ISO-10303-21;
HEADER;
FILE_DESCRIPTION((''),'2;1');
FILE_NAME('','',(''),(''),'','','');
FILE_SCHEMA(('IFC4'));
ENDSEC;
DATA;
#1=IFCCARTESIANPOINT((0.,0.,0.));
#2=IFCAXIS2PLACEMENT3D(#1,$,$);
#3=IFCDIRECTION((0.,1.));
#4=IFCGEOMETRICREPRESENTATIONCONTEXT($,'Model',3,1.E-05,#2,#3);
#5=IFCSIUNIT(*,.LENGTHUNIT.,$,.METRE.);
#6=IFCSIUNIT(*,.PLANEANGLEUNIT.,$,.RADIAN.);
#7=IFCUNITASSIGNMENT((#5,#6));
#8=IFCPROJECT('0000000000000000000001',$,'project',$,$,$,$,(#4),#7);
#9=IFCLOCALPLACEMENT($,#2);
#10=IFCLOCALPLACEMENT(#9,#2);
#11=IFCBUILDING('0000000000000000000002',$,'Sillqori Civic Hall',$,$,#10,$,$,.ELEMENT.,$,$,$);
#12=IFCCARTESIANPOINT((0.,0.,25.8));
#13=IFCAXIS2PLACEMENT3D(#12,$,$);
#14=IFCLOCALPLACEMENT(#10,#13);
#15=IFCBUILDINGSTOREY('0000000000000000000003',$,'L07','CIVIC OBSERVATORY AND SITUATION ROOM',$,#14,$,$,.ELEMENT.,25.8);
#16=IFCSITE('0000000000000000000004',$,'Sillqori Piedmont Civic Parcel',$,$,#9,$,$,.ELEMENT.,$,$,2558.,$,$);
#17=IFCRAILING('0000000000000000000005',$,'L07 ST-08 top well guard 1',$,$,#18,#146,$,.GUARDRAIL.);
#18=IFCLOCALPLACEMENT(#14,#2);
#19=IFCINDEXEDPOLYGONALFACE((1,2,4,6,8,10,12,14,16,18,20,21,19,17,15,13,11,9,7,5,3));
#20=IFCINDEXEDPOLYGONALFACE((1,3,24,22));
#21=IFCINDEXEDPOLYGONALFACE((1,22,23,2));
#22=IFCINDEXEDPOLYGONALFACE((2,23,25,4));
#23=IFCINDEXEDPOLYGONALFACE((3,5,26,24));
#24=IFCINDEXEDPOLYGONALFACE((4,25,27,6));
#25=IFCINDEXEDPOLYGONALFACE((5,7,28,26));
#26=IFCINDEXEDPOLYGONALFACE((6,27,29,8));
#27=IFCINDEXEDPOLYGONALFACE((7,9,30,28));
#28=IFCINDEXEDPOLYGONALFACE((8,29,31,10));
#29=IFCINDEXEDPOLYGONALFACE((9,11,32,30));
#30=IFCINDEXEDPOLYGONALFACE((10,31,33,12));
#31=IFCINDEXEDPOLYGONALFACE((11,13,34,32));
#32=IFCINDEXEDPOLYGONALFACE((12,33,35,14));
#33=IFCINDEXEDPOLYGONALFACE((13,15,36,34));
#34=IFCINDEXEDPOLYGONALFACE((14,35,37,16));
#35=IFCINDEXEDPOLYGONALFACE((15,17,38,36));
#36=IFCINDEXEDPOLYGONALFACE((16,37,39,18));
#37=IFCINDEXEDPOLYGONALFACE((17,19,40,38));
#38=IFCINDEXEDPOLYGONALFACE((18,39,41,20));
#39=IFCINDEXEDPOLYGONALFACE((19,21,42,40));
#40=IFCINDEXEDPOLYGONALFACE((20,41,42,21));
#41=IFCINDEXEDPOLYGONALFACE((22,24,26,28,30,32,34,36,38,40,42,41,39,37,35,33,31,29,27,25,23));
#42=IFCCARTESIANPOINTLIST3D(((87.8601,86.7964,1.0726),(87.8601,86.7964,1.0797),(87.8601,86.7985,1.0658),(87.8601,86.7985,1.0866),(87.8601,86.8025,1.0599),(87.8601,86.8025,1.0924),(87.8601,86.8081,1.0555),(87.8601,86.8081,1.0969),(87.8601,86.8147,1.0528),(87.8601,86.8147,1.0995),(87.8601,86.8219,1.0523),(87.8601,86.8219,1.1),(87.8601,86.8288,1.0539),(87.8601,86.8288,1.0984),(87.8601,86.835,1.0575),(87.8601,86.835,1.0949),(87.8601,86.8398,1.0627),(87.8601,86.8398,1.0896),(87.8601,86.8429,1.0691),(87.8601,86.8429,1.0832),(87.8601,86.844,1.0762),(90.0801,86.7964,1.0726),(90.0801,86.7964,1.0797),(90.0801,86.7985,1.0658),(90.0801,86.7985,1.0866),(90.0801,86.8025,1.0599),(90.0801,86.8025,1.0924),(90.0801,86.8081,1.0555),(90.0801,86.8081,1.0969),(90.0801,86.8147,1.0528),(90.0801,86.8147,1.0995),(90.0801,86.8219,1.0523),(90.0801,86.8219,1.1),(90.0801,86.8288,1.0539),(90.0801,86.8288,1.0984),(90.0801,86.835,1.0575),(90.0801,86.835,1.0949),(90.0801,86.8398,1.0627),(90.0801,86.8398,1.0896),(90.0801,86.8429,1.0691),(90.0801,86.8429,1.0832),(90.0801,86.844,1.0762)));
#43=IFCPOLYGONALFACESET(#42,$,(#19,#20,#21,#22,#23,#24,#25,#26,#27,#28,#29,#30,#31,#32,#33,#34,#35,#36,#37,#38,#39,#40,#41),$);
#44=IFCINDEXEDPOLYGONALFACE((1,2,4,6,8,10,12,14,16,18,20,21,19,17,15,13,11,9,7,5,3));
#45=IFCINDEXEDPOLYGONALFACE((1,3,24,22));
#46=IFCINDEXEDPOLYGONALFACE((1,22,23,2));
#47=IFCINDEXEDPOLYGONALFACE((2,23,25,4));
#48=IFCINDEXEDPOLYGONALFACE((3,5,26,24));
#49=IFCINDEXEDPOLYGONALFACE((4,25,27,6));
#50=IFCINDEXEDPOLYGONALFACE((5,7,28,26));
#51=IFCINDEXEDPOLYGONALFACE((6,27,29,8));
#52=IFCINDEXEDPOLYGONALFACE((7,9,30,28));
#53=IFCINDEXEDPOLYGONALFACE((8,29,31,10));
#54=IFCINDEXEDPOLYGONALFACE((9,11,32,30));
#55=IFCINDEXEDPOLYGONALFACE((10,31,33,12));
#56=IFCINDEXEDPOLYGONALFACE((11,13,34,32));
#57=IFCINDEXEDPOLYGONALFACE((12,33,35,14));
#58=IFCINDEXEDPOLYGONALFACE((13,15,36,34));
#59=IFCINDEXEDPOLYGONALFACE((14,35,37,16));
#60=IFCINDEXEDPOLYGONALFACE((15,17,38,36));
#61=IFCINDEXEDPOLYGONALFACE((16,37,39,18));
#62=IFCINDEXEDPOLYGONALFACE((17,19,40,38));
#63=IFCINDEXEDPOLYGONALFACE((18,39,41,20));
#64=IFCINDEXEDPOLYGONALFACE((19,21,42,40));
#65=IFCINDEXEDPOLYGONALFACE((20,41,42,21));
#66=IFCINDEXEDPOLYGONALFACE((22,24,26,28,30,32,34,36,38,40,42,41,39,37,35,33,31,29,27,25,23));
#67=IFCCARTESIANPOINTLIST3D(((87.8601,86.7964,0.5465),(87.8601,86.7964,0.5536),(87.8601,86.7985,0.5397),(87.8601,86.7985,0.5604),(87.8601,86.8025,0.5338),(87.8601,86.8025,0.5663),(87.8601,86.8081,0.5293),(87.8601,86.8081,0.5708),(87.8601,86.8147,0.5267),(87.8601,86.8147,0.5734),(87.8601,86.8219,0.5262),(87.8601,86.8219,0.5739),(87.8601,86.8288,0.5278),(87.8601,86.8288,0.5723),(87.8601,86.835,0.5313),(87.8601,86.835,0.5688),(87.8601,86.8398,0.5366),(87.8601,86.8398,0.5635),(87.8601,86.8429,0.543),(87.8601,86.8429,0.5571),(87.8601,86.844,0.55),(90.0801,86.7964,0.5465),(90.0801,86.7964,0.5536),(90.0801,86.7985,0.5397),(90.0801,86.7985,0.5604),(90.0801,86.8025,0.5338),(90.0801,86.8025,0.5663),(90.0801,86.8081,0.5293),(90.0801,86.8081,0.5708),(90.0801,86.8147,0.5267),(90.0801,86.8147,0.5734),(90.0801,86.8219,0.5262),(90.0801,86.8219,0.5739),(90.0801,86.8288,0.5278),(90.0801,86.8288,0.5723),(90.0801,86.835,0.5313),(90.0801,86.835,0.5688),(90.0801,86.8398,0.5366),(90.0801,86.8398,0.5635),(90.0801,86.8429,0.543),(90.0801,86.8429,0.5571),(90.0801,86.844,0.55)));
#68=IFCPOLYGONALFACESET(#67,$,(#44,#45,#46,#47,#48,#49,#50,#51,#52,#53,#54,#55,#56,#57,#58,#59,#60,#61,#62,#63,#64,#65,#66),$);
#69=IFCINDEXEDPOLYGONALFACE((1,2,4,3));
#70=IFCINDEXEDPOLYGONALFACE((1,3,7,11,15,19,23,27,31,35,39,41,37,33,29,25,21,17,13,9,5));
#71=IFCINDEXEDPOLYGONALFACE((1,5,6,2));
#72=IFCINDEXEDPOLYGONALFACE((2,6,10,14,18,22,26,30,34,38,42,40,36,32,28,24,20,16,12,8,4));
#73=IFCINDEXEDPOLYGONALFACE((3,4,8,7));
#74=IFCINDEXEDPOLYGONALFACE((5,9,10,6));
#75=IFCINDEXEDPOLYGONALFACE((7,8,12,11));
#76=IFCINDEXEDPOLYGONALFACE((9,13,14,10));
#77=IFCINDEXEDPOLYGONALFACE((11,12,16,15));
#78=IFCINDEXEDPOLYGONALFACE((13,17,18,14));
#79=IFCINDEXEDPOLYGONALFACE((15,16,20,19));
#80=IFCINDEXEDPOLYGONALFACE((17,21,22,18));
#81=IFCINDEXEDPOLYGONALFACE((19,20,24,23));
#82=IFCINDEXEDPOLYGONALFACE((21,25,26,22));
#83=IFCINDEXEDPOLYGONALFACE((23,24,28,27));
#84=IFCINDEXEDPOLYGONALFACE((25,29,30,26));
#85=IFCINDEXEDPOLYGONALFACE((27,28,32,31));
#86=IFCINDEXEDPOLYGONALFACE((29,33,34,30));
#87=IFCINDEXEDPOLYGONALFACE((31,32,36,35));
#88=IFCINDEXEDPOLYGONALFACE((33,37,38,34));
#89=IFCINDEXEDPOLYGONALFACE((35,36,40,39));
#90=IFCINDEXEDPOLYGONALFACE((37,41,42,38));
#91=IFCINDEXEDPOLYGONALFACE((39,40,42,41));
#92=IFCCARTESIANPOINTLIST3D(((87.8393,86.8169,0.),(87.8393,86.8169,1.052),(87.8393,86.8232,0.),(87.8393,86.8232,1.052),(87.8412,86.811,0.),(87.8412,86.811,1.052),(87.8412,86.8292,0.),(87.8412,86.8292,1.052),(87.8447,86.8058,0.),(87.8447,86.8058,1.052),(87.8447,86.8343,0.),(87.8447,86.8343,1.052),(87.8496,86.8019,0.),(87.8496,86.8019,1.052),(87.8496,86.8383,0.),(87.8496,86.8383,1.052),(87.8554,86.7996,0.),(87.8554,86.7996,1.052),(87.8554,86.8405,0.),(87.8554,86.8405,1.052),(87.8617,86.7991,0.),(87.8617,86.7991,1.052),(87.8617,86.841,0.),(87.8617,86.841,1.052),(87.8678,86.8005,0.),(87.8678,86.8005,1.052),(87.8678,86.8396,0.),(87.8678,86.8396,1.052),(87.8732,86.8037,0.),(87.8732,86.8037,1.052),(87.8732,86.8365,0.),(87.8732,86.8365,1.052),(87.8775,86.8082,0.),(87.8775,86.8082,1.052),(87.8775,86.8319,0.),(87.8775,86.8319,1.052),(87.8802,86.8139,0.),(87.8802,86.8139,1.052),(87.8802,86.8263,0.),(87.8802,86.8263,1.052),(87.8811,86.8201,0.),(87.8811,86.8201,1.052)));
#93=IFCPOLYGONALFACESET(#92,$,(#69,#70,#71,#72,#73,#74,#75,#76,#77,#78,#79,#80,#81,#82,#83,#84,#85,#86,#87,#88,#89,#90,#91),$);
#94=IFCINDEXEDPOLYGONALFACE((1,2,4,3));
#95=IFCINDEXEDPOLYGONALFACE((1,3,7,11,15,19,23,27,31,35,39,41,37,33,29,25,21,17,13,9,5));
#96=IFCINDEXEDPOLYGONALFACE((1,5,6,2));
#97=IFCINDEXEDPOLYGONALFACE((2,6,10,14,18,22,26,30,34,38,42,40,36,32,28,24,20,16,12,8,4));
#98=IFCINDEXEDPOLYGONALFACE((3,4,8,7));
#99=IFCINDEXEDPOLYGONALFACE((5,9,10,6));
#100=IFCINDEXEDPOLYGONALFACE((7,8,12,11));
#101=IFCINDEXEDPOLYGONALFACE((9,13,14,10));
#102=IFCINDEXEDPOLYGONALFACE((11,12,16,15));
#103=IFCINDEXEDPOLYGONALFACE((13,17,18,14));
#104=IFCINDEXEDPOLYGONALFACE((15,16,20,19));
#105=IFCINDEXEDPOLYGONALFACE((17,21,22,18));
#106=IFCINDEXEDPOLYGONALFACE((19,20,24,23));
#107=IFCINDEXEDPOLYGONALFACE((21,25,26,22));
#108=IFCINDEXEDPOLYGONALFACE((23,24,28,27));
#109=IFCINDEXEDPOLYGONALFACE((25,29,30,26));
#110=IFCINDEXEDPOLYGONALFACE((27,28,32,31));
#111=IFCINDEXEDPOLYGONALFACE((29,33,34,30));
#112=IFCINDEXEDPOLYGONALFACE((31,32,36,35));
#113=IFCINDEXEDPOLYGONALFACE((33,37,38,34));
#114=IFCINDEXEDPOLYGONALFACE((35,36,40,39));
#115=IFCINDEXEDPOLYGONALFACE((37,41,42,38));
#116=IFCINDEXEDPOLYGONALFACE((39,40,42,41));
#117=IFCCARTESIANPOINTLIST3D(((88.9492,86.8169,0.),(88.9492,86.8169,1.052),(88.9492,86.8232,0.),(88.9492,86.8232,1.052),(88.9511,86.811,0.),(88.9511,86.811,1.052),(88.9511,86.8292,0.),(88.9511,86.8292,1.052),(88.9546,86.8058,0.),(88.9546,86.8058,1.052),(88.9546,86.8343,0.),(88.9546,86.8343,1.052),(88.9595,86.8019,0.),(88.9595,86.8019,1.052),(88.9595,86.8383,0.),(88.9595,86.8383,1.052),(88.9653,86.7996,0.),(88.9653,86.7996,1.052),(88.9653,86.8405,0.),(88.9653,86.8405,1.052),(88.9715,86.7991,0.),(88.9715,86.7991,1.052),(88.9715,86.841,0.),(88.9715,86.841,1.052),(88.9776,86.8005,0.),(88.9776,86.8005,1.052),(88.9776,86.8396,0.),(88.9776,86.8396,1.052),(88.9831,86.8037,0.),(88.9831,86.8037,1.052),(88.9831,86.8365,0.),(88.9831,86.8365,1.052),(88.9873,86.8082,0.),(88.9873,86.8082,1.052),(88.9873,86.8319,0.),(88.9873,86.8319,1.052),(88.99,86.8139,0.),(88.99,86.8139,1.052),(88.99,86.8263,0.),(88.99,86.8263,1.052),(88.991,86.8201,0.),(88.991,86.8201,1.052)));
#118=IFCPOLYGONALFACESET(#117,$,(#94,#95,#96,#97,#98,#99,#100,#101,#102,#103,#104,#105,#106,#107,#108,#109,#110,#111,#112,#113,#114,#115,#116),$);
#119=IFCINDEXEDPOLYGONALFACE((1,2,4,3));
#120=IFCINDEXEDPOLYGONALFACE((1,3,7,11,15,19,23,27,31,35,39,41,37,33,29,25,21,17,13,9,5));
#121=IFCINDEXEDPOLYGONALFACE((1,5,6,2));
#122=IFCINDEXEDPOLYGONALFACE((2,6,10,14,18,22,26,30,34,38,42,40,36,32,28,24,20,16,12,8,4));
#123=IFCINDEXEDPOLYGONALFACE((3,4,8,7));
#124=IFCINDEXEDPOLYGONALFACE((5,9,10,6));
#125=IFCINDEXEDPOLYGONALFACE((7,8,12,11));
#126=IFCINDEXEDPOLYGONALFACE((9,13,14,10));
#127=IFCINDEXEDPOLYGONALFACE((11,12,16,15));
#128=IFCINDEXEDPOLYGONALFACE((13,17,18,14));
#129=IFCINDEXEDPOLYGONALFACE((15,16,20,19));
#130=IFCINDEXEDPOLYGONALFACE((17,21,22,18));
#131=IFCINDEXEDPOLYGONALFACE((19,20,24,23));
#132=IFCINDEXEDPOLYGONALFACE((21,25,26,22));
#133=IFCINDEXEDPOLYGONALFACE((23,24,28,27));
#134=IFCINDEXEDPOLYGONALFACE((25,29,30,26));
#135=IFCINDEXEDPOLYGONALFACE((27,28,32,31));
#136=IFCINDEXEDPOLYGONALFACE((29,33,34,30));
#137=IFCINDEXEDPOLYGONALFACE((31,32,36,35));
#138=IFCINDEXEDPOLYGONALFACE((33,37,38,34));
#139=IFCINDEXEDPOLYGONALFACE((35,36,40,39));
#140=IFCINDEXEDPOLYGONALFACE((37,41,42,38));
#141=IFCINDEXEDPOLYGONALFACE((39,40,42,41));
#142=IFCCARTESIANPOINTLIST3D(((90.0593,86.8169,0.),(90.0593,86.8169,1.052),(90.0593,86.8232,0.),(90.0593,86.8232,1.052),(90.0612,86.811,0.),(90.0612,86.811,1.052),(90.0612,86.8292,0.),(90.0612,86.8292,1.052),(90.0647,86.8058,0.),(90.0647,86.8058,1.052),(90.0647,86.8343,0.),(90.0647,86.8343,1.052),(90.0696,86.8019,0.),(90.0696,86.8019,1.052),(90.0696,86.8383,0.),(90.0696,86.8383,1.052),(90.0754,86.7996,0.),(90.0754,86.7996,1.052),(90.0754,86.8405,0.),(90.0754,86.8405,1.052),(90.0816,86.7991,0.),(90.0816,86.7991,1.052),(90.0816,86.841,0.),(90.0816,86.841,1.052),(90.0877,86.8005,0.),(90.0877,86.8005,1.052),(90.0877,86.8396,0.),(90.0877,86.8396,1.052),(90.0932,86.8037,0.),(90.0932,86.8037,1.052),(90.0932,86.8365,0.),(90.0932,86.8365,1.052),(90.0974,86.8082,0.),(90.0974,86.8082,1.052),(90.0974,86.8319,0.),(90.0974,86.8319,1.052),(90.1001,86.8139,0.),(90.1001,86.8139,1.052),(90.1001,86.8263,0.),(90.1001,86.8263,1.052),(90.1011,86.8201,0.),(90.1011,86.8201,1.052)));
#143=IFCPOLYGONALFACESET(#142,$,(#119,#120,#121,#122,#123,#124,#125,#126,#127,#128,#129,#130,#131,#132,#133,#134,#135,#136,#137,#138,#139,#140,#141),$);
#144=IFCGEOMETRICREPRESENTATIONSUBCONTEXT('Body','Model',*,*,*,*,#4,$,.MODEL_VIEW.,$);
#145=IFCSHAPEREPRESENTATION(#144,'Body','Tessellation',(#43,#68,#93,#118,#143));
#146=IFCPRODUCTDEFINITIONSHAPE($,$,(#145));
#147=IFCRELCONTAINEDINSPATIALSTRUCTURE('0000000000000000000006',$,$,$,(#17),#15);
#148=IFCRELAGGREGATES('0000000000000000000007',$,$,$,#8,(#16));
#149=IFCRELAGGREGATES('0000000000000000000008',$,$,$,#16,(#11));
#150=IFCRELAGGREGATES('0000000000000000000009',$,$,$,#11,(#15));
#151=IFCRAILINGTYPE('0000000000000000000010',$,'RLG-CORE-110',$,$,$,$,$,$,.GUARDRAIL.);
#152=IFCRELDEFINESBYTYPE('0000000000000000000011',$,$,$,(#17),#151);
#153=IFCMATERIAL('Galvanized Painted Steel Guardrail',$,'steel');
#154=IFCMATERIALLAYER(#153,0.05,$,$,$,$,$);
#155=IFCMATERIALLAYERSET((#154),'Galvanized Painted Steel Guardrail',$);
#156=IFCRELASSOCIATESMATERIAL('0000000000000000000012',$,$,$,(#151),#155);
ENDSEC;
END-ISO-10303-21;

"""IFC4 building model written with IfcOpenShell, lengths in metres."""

from ifc_helpers import new_model, si_unit, direction, frame, origin, origin_2d, place, context, subcontext, project, spatial, circle, extrude, material, layer, layer_set, type_object, element, save


model = new_model("IFC4")

# Units and contexts
model_context = context("Model", 3, precision=1e-05, world=origin(), true_north=direction((0.0, 1.0)))
body_context = subcontext(model_context, "Body", "Model", "MODEL_VIEW")
ifc_project = project(units=[si_unit("LENGTHUNIT", "METRE"), si_unit("PLANEANGLEUNIT", "RADIAN")], contexts=[model_context])

# Site, building, storey
site_placement = place(None, origin())
site = spatial("IfcSite", under=ifc_project, at=site_placement, Name="Sillqori Piedmont Civic Parcel", CompositionType="ELEMENT", RefElevation=2558.0)
building_placement = place(site_placement, origin())
building = spatial("IfcBuilding", under=site, at=building_placement, Name="Sillqori Civic Hall", CompositionType="ELEMENT")
storey_placement = place(building_placement, frame((0.0, 0.0, 25.8)))
storey = spatial("IfcBuildingStorey", under=building, at=storey_placement, Name="L07", Description="CIVIC OBSERVATORY AND SITUATION ROOM", CompositionType="ELEMENT", Elevation=25.8)

# Railing
ifc_material_1 = material(Name="Galvanized Painted Steel Guardrail", Category="steel")
ifc_layer_1 = layer(ifc_material_1, 0.05)
ifc_layer_set_1 = layer_set([ifc_layer_1], Name="Galvanized Painted Steel Guardrail")
railing_type_1 = type_object("IfcRailingType", Name="RLG-CORE-110", PredefinedType="GUARDRAIL", material=ifc_layer_set_1)
railing_1_placement = place(storey_placement, frame((87.8601, 86.8201, 0.0)))
element("IfcRailing", 1, at=railing_1_placement, inside=storey, type_object=railing_type_1, Name="L07 ST-08 top well guard 1", PredefinedType="GUARDRAIL", context=body_context, shape_type="SweptSolid", body=[
    extrude(circle(Radius=0.0239, at=origin_2d()), frame((0.0, 0.0, 1.0762), z_axis=(1.0, 0.0, 0.0), x_axis=(0.0, 1.0, 0.0)), (0.0, 0.0, 1.0), 2.22),
    extrude(circle(Radius=0.0239, at=origin_2d()), frame((0.0, 0.0, 0.55), z_axis=(1.0, 0.0, 0.0), x_axis=(0.0, 1.0, 0.0)), (0.0, 0.0, 1.0), 2.22),
    extrude(circle(Radius=0.021, at=origin_2d()), origin(), (0.0, 0.0, 1.0), 1.052),
    extrude(circle(Radius=0.021, at=origin_2d()), frame((1.1099, 0.0, 0.0)), (0.0, 0.0, 1.0), 1.052),
    extrude(circle(Radius=0.021, at=origin_2d()), frame((2.22, 0.0, 0.0)), (0.0, 0.0, 1.0), 1.052),
])

save(model, "model.ifc")
